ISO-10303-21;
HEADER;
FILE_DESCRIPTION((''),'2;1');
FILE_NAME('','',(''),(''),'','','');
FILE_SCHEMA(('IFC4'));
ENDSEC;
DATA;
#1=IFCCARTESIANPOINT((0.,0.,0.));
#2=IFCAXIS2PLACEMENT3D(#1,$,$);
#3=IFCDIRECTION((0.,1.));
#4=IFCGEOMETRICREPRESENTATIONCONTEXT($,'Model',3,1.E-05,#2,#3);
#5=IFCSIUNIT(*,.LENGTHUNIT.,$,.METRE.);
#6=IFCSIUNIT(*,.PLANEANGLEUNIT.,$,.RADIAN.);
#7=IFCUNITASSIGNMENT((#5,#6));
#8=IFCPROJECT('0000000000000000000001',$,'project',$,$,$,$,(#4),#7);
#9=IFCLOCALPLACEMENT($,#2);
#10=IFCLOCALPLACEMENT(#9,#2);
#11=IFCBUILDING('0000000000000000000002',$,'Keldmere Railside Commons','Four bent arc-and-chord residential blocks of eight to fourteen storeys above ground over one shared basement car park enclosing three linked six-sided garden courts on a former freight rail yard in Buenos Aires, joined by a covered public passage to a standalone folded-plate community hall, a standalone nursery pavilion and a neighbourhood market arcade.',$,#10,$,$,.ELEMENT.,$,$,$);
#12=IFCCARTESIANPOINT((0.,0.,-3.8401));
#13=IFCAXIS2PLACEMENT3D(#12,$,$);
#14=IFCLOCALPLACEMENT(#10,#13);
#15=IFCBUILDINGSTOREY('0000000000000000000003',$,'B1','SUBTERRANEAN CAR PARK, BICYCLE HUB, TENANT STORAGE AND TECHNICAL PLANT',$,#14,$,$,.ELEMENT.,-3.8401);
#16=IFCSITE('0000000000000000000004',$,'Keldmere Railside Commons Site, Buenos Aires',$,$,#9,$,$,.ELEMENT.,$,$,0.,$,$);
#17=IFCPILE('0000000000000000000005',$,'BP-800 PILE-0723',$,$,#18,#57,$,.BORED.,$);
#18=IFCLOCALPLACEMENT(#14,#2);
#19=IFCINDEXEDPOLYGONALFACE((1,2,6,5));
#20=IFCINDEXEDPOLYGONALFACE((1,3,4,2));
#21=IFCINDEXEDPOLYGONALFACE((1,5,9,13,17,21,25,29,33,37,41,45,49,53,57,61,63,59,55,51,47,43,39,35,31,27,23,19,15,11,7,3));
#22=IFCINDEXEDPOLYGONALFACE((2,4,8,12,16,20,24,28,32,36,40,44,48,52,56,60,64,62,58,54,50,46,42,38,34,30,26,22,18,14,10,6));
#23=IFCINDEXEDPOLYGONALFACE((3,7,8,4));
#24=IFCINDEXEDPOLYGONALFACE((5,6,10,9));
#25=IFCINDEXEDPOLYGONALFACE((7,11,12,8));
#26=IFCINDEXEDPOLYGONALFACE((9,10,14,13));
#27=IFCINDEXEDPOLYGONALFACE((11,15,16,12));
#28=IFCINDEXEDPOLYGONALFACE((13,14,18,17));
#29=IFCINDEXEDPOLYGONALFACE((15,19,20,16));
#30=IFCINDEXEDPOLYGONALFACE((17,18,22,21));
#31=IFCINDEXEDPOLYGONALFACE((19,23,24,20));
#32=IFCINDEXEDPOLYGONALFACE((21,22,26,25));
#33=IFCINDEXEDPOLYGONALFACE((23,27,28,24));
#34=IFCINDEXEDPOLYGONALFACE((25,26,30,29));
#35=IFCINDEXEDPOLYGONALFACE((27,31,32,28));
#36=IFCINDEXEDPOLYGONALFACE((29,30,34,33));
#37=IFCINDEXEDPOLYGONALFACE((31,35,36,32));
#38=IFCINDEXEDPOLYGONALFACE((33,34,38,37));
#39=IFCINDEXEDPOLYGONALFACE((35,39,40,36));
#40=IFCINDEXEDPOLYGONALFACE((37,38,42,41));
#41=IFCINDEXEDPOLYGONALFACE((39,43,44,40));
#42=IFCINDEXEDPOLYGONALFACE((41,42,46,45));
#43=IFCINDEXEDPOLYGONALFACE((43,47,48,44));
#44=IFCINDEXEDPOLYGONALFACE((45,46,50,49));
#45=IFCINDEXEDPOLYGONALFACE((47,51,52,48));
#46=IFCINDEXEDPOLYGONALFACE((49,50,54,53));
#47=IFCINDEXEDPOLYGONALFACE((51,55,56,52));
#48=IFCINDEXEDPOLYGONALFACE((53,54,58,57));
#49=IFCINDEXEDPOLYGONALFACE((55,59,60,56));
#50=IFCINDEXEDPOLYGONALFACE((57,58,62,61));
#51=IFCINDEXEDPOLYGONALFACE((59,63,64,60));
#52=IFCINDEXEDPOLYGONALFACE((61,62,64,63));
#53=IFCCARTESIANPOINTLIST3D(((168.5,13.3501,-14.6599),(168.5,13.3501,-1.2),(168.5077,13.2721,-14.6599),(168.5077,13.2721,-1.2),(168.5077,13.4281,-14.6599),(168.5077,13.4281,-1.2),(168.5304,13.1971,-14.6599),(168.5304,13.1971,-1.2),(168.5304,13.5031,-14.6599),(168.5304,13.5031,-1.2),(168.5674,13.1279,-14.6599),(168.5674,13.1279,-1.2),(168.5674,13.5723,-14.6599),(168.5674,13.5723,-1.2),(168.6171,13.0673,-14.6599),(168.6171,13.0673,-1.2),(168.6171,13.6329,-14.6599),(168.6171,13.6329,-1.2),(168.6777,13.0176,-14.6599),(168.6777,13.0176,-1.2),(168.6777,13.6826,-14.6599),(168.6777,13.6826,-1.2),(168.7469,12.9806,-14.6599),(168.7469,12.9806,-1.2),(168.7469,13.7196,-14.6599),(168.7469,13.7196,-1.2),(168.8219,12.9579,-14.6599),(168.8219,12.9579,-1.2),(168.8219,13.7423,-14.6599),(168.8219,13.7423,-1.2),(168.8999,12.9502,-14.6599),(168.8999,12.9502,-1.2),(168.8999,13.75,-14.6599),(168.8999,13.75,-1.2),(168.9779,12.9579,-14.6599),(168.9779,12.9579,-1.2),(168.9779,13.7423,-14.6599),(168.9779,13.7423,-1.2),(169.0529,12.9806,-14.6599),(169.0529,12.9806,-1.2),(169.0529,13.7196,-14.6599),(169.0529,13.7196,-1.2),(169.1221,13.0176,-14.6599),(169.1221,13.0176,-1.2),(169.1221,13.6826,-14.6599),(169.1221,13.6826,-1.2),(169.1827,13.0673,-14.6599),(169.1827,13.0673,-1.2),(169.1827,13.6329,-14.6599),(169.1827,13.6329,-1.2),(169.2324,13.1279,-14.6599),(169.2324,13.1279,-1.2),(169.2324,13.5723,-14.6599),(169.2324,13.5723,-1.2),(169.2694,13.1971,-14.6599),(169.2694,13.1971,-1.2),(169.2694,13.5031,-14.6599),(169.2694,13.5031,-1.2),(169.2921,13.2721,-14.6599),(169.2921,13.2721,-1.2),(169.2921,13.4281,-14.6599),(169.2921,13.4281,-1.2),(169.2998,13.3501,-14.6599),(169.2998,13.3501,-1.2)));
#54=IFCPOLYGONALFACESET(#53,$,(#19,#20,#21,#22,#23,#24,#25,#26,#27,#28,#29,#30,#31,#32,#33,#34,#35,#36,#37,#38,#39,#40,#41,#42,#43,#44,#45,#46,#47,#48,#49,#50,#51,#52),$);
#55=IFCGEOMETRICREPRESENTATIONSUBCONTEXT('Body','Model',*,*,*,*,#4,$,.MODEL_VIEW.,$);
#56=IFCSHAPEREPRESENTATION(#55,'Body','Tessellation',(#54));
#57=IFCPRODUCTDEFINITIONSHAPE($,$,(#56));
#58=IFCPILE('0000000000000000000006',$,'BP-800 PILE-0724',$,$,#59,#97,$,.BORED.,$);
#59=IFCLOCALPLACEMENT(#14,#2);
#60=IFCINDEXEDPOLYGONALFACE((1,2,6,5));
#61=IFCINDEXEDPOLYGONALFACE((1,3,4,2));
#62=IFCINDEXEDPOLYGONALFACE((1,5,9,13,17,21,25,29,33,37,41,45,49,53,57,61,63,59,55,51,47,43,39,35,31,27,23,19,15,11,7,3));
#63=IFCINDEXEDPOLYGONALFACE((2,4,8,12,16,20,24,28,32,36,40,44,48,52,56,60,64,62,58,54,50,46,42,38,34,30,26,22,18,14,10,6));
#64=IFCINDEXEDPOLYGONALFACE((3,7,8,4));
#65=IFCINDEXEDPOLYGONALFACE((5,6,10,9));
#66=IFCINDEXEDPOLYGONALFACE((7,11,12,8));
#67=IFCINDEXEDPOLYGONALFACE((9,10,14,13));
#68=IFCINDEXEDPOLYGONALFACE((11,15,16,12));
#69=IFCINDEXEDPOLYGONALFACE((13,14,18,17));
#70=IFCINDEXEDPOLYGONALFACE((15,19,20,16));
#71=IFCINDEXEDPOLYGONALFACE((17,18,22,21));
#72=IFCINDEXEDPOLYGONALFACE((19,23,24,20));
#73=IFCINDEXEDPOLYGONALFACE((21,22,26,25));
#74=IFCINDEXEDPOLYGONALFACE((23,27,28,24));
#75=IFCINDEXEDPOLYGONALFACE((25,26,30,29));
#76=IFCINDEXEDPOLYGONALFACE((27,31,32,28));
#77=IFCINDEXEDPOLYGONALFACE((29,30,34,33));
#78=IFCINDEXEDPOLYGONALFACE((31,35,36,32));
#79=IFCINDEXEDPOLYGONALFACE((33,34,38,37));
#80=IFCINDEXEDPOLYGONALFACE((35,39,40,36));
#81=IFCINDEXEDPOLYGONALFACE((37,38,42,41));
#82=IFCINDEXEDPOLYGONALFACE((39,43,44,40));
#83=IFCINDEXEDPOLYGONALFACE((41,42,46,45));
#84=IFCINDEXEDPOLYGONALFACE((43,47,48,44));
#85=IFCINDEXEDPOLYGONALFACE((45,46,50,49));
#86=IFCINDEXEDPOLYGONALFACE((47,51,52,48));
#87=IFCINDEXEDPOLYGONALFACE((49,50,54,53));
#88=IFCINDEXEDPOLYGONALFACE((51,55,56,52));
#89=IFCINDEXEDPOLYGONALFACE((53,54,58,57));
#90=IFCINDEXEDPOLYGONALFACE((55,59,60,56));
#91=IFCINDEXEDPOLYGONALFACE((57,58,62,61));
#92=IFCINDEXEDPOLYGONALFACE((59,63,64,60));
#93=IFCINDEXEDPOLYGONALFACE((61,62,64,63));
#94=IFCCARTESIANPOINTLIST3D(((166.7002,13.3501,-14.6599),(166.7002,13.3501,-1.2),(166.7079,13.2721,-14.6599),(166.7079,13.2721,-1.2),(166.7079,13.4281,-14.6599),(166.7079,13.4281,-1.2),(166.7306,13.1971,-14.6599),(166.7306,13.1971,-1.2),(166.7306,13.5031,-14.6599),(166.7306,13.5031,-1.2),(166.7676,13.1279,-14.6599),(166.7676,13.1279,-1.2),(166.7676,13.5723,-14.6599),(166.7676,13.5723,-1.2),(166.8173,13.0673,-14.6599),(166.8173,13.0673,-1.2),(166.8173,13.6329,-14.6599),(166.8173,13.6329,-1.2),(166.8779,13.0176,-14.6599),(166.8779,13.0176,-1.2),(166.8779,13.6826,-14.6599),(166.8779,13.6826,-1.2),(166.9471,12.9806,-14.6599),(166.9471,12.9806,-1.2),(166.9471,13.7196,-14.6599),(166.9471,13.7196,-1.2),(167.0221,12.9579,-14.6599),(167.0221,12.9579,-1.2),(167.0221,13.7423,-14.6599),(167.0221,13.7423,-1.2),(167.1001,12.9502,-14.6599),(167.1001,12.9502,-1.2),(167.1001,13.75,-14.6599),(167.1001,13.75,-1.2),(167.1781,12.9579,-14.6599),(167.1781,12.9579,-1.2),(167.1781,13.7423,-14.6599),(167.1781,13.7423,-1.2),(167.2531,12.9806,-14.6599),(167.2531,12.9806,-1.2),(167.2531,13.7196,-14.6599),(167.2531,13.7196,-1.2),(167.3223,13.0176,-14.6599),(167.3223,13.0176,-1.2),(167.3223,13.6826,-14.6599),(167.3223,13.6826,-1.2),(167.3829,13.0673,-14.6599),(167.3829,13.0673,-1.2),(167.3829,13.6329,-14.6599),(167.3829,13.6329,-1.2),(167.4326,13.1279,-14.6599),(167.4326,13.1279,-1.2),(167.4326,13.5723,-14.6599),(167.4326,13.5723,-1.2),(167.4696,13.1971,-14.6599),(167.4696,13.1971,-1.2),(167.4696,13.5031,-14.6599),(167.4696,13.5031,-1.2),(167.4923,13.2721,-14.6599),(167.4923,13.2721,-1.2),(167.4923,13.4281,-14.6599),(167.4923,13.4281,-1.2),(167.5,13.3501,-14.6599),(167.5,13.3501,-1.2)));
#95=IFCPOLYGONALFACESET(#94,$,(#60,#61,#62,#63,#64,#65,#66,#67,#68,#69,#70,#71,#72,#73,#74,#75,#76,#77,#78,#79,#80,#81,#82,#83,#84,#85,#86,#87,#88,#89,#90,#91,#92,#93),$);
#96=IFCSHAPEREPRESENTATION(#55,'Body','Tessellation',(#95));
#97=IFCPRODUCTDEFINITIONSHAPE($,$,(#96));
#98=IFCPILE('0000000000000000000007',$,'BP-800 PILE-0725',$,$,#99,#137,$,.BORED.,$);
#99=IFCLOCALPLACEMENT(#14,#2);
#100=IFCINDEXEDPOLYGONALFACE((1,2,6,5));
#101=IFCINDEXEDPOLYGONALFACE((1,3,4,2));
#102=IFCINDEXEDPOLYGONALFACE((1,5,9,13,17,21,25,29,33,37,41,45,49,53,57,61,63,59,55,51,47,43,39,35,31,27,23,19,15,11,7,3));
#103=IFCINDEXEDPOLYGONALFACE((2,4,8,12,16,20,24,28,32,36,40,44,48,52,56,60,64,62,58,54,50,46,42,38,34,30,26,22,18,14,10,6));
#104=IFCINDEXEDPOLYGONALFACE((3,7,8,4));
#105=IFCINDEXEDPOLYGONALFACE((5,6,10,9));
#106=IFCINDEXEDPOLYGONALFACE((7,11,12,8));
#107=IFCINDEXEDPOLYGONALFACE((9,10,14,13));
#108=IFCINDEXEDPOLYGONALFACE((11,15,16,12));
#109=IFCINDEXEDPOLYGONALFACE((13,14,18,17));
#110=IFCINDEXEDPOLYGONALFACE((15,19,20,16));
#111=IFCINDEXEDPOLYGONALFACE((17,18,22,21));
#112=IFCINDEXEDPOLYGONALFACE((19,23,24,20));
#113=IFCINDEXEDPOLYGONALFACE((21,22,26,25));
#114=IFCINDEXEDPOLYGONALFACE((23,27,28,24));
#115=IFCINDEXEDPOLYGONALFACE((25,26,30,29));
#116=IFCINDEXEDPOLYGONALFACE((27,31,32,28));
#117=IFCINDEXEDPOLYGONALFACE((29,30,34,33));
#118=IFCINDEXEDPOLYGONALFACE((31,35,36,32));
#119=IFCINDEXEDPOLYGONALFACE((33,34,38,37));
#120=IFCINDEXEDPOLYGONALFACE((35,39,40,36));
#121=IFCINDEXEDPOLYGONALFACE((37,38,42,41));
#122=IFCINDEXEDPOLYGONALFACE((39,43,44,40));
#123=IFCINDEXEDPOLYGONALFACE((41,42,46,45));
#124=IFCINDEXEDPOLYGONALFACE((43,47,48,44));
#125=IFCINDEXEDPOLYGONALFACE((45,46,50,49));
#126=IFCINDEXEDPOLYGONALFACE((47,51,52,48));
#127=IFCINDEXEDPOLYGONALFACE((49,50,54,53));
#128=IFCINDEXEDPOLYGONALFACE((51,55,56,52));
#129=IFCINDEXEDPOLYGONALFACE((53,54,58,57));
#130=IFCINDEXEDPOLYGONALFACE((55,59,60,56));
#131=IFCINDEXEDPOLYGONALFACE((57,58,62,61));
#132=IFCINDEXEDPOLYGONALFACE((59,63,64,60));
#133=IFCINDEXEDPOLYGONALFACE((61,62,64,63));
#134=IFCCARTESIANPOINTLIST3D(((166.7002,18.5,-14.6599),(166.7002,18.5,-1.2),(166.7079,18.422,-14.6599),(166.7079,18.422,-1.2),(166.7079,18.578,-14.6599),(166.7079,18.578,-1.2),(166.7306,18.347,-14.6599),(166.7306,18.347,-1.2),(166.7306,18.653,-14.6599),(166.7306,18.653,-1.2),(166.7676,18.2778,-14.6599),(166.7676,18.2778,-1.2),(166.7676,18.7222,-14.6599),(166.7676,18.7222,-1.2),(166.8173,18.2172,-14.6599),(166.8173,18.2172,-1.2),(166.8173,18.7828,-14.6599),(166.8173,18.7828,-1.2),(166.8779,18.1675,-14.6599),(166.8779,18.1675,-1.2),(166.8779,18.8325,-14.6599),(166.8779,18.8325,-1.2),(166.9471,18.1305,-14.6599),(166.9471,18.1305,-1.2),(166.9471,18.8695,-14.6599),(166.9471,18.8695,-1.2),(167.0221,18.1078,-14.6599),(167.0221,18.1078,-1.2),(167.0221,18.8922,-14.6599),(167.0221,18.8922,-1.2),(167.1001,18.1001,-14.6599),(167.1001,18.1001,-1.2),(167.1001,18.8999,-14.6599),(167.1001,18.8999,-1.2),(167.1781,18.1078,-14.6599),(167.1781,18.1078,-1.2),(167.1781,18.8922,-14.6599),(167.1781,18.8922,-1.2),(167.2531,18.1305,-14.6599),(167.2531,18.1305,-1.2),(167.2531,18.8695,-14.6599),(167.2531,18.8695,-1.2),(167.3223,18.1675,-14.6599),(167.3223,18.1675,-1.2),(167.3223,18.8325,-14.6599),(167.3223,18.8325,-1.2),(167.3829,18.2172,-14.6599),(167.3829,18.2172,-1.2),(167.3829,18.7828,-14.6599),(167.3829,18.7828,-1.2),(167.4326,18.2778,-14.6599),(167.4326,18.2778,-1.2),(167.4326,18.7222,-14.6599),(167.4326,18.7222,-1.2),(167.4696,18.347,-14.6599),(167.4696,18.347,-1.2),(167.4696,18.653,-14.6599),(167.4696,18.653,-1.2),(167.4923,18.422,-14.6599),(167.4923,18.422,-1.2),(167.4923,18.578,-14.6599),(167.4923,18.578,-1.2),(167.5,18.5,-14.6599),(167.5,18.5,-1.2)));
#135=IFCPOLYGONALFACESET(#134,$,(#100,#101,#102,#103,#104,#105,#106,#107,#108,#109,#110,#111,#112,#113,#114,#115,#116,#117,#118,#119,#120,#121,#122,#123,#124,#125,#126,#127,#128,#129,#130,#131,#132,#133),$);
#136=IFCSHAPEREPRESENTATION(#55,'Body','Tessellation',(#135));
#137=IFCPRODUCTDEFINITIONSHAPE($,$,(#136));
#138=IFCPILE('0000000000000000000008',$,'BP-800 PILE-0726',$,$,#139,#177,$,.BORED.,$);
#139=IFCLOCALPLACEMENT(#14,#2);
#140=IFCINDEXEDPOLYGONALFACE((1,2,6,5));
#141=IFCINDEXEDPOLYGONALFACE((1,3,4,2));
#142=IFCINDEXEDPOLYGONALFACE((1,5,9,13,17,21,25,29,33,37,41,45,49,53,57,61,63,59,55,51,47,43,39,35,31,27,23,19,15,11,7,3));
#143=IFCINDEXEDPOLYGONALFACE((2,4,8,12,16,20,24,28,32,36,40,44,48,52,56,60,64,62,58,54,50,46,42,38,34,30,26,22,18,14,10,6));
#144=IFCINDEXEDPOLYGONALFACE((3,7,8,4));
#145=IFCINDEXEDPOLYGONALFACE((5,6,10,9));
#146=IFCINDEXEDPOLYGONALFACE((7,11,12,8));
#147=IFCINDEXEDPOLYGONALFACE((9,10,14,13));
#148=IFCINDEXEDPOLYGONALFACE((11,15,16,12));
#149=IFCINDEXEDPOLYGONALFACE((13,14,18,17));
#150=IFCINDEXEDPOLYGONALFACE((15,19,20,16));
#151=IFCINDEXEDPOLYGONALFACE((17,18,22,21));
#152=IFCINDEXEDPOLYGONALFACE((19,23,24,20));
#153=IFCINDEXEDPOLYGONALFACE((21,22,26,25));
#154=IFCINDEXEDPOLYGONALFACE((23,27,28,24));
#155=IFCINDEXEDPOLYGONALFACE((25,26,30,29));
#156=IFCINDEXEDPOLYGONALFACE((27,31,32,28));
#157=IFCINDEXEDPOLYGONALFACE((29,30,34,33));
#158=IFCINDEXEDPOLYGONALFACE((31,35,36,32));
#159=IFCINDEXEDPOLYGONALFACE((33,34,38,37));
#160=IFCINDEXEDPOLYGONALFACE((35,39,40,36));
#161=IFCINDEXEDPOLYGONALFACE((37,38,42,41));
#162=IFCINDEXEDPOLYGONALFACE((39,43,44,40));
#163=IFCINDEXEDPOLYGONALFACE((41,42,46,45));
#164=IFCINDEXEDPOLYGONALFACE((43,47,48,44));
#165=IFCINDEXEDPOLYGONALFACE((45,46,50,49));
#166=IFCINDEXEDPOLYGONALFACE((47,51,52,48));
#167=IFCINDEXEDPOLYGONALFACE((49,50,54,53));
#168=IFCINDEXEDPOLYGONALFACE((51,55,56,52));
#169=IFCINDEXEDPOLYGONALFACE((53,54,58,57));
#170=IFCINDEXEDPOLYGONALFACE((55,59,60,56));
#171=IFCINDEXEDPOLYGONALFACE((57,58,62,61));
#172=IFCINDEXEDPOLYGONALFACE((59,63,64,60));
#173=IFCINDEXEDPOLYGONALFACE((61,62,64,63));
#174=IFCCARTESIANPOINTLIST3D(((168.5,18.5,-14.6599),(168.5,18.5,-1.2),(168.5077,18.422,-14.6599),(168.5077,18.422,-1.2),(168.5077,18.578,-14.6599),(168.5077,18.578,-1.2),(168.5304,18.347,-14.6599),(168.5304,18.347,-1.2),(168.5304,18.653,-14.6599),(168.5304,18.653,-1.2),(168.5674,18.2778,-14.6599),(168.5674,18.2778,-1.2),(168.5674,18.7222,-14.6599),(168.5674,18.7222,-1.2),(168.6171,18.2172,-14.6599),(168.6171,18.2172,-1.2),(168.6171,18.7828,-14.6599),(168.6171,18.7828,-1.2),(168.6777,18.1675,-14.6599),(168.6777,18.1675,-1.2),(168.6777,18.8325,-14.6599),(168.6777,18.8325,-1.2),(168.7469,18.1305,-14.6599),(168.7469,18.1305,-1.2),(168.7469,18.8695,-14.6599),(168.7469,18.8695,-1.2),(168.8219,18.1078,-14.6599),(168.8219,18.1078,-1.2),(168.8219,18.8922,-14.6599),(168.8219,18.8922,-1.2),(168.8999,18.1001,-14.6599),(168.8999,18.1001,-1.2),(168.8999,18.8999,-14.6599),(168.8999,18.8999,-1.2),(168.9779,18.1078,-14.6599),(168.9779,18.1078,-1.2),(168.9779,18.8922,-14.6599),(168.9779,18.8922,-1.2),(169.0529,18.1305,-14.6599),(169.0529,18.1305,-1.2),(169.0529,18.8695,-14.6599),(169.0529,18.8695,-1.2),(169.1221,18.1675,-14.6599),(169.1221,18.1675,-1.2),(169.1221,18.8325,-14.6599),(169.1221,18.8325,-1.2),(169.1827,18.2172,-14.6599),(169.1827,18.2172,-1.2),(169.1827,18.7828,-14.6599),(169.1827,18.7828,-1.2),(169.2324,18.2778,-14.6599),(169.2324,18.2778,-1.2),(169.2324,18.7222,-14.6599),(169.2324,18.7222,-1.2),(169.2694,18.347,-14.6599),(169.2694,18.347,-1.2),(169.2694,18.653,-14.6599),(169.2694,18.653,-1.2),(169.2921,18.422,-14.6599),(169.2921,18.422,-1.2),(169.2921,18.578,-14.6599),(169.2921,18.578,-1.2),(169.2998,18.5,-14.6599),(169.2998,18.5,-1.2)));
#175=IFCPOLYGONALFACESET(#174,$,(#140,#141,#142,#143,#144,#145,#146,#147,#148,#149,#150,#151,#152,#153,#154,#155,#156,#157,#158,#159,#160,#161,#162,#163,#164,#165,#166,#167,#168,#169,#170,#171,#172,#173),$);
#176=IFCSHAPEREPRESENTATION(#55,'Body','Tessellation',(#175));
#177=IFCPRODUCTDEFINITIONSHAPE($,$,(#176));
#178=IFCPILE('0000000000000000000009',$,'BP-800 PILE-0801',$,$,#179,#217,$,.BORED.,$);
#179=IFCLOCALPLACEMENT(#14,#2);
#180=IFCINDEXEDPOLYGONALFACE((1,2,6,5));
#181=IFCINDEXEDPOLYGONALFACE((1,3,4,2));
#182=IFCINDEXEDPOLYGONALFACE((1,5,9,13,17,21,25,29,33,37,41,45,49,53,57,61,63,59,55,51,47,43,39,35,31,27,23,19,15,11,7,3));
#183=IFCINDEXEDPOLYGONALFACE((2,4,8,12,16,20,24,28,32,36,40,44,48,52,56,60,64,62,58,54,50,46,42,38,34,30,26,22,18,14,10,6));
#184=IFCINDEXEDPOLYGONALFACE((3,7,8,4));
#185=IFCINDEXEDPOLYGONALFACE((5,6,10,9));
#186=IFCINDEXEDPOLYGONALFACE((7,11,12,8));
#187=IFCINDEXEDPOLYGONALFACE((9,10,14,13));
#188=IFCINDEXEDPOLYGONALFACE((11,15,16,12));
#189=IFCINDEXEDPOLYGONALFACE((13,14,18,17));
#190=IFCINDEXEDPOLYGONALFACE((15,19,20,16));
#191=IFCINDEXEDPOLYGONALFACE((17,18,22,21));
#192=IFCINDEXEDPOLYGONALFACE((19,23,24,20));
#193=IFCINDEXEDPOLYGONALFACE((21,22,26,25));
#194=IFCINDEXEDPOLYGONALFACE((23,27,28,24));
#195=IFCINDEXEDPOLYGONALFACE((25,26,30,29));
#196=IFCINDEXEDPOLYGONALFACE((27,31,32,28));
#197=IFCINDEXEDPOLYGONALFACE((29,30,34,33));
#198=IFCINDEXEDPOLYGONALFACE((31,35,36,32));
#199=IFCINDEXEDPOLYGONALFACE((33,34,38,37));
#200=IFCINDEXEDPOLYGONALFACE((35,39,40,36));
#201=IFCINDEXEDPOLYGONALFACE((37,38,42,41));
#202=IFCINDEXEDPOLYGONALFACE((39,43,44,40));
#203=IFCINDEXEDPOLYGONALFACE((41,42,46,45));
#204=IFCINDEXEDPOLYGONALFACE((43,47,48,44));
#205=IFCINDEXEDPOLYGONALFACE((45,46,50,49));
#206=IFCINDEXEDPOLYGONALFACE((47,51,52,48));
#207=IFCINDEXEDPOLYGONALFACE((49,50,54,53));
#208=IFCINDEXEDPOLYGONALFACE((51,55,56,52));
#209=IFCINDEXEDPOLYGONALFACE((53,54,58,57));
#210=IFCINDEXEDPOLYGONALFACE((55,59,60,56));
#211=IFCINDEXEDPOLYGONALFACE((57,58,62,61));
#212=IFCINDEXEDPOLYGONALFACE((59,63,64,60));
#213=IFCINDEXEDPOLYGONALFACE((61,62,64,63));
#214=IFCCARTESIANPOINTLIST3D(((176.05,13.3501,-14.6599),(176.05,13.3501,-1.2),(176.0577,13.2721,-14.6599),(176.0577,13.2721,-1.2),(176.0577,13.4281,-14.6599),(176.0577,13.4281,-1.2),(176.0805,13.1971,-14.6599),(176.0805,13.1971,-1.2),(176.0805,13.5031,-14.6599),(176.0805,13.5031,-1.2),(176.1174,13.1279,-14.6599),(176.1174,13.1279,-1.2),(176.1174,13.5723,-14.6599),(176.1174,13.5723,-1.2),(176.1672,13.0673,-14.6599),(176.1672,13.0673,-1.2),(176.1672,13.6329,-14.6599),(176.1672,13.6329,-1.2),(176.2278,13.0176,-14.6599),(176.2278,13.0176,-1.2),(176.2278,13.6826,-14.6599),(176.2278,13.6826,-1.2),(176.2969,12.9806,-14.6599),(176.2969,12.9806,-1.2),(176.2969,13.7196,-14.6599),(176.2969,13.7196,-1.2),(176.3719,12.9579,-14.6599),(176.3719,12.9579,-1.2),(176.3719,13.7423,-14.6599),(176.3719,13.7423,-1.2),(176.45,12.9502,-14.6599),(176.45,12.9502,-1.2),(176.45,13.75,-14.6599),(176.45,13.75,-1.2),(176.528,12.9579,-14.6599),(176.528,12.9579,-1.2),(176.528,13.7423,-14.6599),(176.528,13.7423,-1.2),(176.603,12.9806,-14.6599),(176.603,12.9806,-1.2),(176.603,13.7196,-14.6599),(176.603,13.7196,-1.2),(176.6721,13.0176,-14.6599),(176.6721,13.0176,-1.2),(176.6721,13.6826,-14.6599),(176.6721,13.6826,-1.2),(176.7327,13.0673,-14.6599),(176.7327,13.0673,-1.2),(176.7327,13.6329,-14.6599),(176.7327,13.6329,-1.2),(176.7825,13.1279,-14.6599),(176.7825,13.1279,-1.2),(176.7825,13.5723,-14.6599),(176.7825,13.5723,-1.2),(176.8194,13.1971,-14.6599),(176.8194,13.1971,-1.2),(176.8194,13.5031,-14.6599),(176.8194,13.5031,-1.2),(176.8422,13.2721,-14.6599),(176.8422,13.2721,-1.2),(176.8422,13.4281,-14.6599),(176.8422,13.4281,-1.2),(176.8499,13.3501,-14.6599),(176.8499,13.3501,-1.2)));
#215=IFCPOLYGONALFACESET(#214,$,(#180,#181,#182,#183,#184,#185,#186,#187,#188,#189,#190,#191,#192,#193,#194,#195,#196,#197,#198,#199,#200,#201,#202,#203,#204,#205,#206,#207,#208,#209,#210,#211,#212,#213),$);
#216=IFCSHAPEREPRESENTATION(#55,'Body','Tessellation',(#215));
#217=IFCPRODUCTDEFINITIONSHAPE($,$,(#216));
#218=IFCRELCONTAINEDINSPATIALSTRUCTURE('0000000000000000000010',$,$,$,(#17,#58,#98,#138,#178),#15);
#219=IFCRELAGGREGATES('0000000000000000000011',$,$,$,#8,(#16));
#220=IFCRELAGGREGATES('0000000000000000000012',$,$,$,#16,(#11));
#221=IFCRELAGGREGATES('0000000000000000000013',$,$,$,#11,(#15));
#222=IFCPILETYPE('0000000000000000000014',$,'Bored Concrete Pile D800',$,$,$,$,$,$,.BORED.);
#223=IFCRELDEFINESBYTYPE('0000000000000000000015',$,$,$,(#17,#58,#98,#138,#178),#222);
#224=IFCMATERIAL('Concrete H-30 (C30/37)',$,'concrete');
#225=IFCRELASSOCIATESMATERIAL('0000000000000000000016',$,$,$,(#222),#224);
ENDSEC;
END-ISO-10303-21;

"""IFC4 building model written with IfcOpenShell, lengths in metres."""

from ifc_helpers import new_model, si_unit, direction, frame, origin, origin_2d, place, context, subcontext, project, spatial, circle, extrude, material, material_profile, profile_set, type_object, element, save


model = new_model("IFC4")

# Units and contexts
model_context = context("Model", 3, precision=1e-05, world=origin(), true_north=direction((0.0, 1.0)))
body_context = subcontext(model_context, "Body", "Model", "MODEL_VIEW")
ifc_project = project(units=[si_unit("LENGTHUNIT", "METRE"), si_unit("PLANEANGLEUNIT", "RADIAN")], contexts=[model_context])

# Site, building, storey
site_placement = place(None, origin())
site = spatial("IfcSite", under=ifc_project, at=site_placement, Name="Keldmere Railside Commons Site, Buenos Aires", CompositionType="ELEMENT", RefElevation=0.0)
building_placement = place(site_placement, origin())
building = spatial("IfcBuilding", under=site, at=building_placement, Name="Keldmere Railside Commons", Description="Four bent arc-and-chord residential blocks of eight to fourteen storeys above ground over one shared basement car park enclosing three linked six-sided garden courts on a former freight rail yard in Buenos Aires, joined by a covered public passage to a standalone folded-plate community hall, a standalone nursery pavilion and a neighbourhood market arcade.", CompositionType="ELEMENT")
storey_placement = place(building_placement, frame((0.0, 0.0, -3.8401)))
storey = spatial("IfcBuildingStorey", under=building, at=storey_placement, Name="B1", Description="SUBTERRANEAN CAR PARK, BICYCLE HUB, TENANT STORAGE AND TECHNICAL PLANT", CompositionType="ELEMENT", Elevation=-3.8401)

# Piles
ifc_material_1 = material(Name="Concrete H-30 (C30/37)", Category="concrete")
ifc_material_profile_1 = material_profile(ifc_material_1, circle(Radius=0.3999, at=origin_2d()), Name="PILE-D800")
ifc_profile_set_1 = profile_set([ifc_material_profile_1], Name="Concrete H-30 (C30/37)")
pile_type = type_object("IfcPileType", Name="Bored Concrete Pile D800", PredefinedType="BORED", material=ifc_profile_set_1)
for number, where, z_axis, x_axis, name in (
    (1, (168.8999, 13.3501, -1.2), (0.0, 0.0, -1.0), (1.0, 0.0, 0.0), "BP-800 PILE-0723"),
    (2, (167.1001, 13.3501, -1.2), (0.0, 0.0, -1.0), (1.0, 0.0, 0.0), "BP-800 PILE-0724"),
    (3, (167.1001, 18.5, -1.2), (0.0, 0.0, -1.0), (1.0, 0.0, 0.0), "BP-800 PILE-0725"),
    (4, (168.8999, 18.5, -1.2), (0.0, 0.0, -1.0), (1.0, 0.0, 0.0), "BP-800 PILE-0726"),
    (5, (176.45, 13.3501, -1.2), (0.0, 0.0, -1.0), (1.0, 0.0, 0.0), "BP-800 PILE-0801"),
):
    element("IfcPile", number, at=place(storey_placement, frame(where, z_axis=z_axis, x_axis=x_axis)), inside=storey, type_object=pile_type, Name=name, PredefinedType="BORED", context=body_context, shape_type="SweptSolid", body=[
        extrude(circle(Radius=0.3999, at=origin_2d()), origin(), (0.0, 0.0, 1.0), 13.46),
    ])

save(model, "model.ifc")
